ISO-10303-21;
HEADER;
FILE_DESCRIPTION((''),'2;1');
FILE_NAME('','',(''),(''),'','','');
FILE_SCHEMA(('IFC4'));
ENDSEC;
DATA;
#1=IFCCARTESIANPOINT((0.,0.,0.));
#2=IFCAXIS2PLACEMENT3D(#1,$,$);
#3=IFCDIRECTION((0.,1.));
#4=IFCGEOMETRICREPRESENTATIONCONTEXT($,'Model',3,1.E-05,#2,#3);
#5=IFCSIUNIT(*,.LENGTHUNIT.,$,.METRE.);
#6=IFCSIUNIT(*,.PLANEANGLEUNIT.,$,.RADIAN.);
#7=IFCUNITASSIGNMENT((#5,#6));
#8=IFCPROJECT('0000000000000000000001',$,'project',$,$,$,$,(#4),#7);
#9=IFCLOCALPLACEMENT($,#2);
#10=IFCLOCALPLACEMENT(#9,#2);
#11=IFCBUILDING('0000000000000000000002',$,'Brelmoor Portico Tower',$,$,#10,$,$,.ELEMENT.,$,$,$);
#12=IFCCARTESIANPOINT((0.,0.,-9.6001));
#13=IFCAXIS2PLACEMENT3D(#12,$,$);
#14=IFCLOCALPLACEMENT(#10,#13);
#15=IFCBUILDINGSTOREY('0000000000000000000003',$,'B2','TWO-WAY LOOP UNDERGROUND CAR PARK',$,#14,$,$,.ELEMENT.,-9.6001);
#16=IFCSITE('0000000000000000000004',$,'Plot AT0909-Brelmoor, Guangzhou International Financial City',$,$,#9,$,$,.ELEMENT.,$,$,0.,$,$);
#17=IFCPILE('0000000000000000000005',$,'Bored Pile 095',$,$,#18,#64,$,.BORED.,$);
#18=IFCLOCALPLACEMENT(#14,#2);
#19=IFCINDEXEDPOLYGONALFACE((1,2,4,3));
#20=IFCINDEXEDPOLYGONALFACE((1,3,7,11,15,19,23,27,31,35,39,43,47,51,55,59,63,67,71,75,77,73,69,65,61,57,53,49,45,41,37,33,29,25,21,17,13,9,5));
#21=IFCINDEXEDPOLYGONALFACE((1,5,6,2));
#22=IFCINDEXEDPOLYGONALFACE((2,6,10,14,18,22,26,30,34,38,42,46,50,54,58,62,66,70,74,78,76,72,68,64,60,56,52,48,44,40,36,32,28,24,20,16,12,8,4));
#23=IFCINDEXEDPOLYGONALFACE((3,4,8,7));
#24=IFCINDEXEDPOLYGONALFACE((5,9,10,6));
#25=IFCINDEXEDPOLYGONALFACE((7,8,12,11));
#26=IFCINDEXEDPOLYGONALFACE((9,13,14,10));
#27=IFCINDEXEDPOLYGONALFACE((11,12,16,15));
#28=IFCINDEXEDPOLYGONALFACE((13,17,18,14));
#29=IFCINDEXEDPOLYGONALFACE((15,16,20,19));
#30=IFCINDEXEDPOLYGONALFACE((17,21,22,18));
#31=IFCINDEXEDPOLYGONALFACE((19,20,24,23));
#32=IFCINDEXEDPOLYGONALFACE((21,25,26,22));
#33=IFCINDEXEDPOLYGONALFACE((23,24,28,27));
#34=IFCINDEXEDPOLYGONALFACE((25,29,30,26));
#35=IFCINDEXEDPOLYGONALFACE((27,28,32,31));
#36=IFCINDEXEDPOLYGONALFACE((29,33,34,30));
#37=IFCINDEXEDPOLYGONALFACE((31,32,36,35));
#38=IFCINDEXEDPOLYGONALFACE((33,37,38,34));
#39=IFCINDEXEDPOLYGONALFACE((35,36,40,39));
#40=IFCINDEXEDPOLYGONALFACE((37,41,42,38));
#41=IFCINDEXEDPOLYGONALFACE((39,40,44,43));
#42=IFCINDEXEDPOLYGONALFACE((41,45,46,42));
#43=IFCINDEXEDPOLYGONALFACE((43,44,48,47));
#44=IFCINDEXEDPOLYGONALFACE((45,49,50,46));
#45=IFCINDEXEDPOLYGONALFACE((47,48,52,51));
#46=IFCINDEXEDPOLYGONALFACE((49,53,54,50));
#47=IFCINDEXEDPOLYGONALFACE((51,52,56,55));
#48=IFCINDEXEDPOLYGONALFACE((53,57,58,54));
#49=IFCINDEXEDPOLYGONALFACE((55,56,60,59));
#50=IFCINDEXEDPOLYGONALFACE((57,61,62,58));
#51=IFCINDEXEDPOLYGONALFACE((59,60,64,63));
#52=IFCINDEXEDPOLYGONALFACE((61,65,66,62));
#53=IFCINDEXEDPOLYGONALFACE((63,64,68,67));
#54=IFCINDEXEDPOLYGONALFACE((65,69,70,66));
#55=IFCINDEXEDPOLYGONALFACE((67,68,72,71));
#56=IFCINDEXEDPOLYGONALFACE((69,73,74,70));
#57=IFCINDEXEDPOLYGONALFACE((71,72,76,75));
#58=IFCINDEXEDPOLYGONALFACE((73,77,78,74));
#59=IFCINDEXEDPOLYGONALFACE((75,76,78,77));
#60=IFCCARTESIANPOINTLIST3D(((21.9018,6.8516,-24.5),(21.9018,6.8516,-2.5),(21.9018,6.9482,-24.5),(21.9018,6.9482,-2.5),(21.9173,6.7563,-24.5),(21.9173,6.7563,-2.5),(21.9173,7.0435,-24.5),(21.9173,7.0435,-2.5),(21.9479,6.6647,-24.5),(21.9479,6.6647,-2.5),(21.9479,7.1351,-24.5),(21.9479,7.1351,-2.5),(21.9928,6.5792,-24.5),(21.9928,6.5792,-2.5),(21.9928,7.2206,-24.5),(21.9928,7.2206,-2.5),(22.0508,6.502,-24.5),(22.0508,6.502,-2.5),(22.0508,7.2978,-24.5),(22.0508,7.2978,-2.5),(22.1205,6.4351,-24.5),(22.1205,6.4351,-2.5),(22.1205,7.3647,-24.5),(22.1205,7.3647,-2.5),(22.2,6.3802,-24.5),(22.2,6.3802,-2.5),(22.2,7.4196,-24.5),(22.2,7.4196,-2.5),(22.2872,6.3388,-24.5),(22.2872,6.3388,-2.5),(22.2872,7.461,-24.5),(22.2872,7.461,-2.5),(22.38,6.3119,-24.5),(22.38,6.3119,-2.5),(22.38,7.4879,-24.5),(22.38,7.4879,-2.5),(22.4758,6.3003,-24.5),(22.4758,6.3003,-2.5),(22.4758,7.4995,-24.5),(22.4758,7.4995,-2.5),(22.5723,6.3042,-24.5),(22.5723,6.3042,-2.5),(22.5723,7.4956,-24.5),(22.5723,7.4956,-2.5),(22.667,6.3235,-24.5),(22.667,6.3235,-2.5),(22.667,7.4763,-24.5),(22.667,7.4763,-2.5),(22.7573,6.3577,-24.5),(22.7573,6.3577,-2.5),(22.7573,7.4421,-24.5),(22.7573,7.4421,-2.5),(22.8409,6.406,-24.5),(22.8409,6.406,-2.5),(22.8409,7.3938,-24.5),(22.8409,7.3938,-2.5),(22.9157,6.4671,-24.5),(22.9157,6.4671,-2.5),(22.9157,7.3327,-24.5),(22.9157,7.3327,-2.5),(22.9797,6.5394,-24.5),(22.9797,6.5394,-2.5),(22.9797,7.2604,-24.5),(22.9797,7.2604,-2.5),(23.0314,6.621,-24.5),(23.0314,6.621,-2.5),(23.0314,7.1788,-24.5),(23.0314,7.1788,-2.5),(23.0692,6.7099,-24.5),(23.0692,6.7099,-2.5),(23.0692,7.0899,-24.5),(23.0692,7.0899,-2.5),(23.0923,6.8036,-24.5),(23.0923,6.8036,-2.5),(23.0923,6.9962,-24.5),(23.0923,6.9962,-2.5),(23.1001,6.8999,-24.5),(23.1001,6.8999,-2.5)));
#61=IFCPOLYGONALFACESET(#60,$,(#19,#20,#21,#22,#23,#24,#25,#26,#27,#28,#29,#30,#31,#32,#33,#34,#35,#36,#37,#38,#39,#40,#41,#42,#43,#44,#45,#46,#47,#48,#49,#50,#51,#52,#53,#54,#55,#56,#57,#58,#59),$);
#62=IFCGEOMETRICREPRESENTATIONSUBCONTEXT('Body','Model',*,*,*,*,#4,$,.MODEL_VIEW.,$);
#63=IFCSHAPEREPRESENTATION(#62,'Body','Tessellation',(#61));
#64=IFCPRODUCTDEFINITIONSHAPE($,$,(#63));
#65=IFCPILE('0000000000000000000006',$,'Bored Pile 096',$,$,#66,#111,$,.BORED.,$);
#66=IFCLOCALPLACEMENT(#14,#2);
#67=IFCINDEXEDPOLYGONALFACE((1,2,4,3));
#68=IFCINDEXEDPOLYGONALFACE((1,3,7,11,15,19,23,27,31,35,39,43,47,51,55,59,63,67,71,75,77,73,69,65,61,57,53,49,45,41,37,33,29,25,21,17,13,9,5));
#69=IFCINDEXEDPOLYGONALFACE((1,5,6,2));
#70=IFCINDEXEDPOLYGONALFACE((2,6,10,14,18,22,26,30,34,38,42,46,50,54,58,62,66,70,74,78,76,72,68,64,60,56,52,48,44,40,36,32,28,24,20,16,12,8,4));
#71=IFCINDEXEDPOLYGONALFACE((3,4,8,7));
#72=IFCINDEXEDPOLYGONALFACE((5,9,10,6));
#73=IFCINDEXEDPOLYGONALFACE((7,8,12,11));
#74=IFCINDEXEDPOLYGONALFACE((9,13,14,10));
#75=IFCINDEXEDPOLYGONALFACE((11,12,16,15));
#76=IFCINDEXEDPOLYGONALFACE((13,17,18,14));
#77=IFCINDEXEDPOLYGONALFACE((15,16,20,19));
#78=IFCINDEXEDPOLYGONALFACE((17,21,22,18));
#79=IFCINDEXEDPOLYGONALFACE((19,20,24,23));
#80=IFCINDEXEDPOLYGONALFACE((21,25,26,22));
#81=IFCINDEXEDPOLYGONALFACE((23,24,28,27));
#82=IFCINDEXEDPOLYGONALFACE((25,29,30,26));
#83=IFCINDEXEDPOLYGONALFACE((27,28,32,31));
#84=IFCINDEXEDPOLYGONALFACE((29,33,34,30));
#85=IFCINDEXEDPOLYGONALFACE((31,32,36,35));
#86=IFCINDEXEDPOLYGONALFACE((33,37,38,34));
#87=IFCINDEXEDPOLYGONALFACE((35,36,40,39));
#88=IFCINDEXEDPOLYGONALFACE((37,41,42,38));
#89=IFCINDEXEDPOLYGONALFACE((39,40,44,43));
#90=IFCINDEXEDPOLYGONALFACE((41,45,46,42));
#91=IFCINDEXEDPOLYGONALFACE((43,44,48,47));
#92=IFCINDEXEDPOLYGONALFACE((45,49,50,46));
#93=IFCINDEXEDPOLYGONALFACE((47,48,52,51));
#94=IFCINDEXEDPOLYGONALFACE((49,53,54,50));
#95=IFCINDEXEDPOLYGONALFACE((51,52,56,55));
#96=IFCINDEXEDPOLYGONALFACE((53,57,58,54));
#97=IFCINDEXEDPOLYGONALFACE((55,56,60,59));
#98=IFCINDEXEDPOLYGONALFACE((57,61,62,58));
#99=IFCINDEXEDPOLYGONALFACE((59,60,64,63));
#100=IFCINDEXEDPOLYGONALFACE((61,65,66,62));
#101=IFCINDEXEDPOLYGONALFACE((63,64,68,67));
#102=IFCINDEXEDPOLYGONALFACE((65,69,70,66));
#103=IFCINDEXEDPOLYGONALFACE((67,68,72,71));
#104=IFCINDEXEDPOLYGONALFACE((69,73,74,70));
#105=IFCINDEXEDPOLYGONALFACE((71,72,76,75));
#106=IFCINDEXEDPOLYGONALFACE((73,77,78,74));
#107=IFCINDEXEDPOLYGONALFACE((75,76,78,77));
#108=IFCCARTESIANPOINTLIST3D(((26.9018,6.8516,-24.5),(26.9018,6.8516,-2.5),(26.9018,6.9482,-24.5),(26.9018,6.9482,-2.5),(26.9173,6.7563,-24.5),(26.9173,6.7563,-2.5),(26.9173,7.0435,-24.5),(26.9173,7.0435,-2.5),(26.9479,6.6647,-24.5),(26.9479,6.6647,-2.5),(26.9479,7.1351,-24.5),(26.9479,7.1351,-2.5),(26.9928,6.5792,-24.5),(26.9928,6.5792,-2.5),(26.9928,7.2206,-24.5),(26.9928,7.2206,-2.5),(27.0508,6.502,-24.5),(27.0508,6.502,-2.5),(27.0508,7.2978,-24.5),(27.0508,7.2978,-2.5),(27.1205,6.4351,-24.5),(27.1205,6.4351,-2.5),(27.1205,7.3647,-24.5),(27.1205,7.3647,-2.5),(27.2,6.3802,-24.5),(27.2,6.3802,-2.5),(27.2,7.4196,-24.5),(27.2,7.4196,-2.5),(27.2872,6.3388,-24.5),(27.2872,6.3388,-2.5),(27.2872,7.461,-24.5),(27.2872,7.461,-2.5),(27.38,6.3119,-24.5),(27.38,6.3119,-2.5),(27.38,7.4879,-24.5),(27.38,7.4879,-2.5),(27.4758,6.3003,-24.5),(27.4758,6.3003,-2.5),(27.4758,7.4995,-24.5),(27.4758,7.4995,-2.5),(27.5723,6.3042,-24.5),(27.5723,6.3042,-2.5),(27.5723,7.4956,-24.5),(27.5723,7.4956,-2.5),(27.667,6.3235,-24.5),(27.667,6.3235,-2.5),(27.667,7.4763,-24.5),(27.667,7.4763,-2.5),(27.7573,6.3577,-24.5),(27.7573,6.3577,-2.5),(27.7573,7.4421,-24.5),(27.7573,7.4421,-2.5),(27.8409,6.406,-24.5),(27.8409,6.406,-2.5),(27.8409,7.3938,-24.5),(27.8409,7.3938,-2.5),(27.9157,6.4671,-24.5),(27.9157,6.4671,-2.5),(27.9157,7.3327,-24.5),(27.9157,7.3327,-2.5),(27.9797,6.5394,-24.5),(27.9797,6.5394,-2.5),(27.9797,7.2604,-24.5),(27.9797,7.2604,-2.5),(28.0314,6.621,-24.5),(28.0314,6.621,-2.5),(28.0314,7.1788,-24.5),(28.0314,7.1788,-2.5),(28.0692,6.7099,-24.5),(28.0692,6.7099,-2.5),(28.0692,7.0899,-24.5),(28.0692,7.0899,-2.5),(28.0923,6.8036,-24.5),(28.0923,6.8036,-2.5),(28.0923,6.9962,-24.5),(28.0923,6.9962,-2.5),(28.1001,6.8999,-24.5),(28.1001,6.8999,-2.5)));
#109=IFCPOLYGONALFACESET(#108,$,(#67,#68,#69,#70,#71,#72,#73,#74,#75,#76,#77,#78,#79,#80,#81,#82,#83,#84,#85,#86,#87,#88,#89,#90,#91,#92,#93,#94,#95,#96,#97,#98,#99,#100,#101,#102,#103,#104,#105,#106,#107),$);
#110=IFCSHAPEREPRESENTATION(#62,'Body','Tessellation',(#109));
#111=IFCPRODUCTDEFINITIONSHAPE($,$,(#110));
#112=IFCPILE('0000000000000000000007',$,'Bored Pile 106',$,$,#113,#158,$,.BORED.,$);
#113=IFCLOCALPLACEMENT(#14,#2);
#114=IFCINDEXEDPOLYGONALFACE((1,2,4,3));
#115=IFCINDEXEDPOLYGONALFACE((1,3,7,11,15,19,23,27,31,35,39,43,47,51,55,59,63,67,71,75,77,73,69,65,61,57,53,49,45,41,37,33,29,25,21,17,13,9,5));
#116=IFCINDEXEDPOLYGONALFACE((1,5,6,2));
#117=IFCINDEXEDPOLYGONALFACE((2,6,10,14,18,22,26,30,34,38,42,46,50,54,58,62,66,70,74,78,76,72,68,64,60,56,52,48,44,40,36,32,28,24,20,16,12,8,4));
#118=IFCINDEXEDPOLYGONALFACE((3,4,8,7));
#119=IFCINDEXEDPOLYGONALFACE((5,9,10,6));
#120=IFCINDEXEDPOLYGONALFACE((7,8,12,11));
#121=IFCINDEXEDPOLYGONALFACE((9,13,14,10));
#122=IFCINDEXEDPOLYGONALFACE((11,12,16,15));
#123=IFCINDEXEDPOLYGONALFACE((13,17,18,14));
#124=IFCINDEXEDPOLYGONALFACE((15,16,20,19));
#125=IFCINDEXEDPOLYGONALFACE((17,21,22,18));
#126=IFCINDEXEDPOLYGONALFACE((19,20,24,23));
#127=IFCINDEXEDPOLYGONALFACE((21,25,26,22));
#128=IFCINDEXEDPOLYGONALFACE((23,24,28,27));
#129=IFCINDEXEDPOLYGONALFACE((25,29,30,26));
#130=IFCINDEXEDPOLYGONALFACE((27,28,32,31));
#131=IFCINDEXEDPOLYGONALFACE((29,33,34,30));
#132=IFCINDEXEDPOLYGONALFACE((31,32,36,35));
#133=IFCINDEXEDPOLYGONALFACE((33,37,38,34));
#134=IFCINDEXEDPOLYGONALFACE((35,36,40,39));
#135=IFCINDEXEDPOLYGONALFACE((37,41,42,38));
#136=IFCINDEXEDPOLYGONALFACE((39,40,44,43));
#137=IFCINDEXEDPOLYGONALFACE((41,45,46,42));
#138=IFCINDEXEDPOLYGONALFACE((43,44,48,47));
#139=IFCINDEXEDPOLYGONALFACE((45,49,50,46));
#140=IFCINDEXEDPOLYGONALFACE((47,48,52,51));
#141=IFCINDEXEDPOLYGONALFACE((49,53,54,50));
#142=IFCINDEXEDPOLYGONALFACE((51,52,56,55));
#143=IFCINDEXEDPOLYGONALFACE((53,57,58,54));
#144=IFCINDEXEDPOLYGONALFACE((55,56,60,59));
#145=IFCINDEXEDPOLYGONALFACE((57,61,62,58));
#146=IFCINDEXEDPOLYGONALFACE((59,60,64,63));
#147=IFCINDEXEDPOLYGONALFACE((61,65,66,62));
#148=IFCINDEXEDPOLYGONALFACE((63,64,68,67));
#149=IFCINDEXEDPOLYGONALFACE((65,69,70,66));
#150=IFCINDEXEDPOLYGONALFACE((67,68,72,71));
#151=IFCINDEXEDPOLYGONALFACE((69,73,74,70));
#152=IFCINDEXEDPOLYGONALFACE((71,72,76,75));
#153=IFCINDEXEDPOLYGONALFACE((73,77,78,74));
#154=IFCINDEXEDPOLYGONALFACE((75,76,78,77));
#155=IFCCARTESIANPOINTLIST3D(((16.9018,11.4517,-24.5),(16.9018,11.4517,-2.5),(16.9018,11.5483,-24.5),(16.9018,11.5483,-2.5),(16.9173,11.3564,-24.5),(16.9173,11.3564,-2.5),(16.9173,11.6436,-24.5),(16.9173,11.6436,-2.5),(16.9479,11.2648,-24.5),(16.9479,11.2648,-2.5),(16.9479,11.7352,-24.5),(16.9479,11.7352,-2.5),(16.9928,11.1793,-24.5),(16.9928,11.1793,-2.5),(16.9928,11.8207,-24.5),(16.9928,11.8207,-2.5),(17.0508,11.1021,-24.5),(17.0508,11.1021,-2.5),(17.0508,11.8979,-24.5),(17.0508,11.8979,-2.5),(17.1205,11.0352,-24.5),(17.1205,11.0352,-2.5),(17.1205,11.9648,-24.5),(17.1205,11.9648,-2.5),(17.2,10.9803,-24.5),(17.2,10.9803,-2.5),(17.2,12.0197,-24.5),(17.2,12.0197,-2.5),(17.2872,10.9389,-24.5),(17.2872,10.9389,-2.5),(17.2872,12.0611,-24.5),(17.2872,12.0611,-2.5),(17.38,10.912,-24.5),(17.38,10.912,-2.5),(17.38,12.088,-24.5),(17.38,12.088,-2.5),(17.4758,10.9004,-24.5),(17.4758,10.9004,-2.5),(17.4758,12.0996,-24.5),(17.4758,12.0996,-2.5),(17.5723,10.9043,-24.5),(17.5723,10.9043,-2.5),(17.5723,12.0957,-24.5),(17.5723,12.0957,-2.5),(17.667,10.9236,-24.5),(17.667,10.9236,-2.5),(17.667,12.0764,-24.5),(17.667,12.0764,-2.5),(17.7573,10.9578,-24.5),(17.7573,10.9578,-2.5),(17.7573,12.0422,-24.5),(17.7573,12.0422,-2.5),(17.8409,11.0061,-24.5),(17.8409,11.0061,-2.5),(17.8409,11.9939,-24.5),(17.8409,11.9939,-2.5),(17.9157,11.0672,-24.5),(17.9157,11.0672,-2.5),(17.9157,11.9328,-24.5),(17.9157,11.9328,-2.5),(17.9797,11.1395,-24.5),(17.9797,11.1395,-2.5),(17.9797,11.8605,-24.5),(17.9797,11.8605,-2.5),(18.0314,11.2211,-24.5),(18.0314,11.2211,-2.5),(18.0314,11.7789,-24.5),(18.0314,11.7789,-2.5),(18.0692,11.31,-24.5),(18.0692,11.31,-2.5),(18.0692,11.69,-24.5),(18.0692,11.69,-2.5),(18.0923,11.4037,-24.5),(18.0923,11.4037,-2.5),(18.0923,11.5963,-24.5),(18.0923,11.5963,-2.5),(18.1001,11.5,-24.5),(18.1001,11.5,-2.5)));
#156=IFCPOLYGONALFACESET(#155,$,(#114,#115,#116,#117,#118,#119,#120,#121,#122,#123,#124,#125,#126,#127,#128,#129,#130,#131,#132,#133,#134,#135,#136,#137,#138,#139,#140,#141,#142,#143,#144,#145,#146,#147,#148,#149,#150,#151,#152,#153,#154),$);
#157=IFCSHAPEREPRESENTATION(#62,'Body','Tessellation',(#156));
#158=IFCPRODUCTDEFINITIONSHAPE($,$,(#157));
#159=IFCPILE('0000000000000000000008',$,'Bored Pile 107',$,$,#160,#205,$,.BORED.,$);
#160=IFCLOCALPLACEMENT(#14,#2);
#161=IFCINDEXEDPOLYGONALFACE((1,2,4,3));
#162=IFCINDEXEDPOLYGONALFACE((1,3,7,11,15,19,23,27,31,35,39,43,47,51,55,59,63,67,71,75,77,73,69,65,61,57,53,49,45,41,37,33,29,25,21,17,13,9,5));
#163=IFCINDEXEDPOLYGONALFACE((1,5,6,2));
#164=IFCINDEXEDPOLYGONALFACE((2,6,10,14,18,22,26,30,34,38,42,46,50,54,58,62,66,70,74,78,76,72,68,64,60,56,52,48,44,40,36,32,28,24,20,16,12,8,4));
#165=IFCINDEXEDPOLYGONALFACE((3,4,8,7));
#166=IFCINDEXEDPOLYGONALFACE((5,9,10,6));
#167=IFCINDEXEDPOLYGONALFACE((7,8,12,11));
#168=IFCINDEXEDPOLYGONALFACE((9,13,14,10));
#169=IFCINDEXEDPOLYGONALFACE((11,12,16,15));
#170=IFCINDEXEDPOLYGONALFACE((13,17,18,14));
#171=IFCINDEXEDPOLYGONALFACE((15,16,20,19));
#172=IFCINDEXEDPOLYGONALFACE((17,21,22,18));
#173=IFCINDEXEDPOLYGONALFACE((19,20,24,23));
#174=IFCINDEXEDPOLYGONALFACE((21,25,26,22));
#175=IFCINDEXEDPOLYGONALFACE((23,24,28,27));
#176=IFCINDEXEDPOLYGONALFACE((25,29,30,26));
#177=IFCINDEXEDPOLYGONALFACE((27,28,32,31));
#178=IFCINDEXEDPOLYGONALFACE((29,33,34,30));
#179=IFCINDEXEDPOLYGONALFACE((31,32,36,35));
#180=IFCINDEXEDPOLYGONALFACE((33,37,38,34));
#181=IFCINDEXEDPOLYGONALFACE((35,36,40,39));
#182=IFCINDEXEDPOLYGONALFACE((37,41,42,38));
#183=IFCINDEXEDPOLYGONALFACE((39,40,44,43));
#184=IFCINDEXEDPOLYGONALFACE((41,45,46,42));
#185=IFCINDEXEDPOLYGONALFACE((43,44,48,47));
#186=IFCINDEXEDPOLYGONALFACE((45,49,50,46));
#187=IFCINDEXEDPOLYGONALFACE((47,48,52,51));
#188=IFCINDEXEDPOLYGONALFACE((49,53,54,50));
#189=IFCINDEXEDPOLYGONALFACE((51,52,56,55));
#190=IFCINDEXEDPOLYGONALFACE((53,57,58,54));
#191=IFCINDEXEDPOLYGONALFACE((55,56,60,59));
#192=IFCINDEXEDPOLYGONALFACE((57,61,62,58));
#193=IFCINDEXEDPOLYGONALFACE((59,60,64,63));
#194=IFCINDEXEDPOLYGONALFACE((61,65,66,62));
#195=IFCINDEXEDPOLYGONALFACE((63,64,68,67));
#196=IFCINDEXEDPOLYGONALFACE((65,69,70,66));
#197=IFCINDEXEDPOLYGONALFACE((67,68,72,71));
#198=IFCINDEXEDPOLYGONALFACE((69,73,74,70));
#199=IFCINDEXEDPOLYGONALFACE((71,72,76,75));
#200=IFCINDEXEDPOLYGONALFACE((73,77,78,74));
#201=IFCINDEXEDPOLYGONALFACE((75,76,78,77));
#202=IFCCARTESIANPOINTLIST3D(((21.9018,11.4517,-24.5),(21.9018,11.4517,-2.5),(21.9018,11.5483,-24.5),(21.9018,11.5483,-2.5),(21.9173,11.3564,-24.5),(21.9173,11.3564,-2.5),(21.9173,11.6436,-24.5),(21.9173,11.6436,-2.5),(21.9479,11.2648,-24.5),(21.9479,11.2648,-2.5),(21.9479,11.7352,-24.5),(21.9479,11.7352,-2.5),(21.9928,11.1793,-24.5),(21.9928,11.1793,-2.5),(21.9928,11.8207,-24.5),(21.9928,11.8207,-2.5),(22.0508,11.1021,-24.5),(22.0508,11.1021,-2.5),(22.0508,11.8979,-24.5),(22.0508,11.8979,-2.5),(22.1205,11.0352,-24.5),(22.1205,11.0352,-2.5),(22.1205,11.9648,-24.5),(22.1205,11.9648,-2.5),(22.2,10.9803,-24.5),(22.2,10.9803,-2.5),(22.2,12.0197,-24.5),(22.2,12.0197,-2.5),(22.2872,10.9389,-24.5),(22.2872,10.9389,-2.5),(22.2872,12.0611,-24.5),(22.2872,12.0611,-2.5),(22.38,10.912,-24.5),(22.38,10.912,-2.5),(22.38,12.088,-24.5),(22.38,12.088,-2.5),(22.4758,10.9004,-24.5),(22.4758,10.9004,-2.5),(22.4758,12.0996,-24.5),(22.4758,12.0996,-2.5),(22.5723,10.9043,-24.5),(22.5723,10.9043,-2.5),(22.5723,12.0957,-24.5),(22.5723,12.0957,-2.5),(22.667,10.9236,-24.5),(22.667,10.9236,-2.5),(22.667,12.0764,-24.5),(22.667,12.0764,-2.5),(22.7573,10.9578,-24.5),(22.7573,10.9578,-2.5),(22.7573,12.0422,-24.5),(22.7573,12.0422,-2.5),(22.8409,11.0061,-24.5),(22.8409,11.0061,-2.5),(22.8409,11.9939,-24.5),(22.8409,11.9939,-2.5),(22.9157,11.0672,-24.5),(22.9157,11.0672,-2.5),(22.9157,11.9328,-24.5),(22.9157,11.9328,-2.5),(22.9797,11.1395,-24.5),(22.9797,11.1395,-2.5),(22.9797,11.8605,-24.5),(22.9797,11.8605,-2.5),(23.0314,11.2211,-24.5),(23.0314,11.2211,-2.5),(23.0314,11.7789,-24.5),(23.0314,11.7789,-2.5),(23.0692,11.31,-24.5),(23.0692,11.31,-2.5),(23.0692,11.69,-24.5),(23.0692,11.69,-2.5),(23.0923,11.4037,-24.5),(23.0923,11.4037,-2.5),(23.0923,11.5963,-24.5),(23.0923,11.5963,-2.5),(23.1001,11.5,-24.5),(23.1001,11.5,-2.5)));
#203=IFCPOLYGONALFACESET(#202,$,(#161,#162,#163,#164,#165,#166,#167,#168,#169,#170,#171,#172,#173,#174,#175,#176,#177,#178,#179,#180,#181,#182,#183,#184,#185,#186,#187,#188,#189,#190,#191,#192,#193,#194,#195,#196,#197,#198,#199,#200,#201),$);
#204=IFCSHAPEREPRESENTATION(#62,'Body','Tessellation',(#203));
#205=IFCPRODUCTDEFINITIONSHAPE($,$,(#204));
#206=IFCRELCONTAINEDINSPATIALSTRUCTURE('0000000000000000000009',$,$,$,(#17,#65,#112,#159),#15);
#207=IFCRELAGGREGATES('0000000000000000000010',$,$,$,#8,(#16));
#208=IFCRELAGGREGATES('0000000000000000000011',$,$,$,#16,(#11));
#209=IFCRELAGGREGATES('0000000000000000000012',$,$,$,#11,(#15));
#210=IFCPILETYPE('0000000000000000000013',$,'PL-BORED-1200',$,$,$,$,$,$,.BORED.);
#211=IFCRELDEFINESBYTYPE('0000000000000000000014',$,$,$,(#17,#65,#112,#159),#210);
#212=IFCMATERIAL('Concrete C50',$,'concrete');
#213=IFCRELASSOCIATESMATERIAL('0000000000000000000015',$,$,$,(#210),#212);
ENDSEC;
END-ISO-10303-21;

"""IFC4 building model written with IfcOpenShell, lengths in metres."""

from ifc_helpers import new_model, si_unit, direction, frame, origin, origin_2d, place, context, subcontext, project, spatial, circle, extrude, material, material_profile, profile_set, type_object, element, save


model = new_model("IFC4")

# Units and contexts
model_context = context("Model", 3, precision=1e-05, world=origin(), true_north=direction((0.0, 1.0)))
body_context = subcontext(model_context, "Body", "Model", "MODEL_VIEW")
ifc_project = project(units=[si_unit("LENGTHUNIT", "METRE"), si_unit("PLANEANGLEUNIT", "RADIAN")], contexts=[model_context])

# Site, building, storey
site_placement = place(None, origin())
site = spatial("IfcSite", under=ifc_project, at=site_placement, Name="Plot AT0909-Brelmoor, Guangzhou International Financial City", CompositionType="ELEMENT", RefElevation=0.0)
building_placement = place(site_placement, origin())
building = spatial("IfcBuilding", under=site, at=building_placement, Name="Brelmoor Portico Tower", CompositionType="ELEMENT")
storey_placement = place(building_placement, frame((0.0, 0.0, -9.6001)))
storey = spatial("IfcBuildingStorey", under=building, at=storey_placement, Name="B2", Description="TWO-WAY LOOP UNDERGROUND CAR PARK", CompositionType="ELEMENT", Elevation=-9.6001)

# Piles
ifc_material_1 = material(Name="Concrete C50", Category="concrete")
ifc_material_profile_1 = material_profile(ifc_material_1, circle(Radius=0.6001, at=origin_2d()), Name="BORED PILE D1200")
ifc_profile_set_1 = profile_set([ifc_material_profile_1], Name="Concrete C50")
pile_type = type_object("IfcPileType", Name="PL-BORED-1200", PredefinedType="BORED", material=ifc_profile_set_1)
for number, where, z_axis, x_axis, name in (
    (1, (22.5, 6.8999, -2.5), (0.0, 0.0, -1.0), (1.0, 0.0, 0.0), "Bored Pile 095"),
    (2, (27.5, 6.8999, -2.5), (0.0, 0.0, -1.0), (1.0, 0.0, 0.0), "Bored Pile 096"),
    (3, (17.5, 11.5, -2.5), (0.0, 0.0, -1.0), (1.0, 0.0, 0.0), "Bored Pile 106"),
    (4, (22.5, 11.5, -2.5), (0.0, 0.0, -1.0), (1.0, 0.0, 0.0), "Bored Pile 107"),
):
    element("IfcPile", number, at=place(storey_placement, frame(where, z_axis=z_axis, x_axis=x_axis)), inside=storey, type_object=pile_type, Name=name, PredefinedType="BORED", context=body_context, shape_type="SweptSolid", body=[
        extrude(circle(Radius=0.6001, at=origin_2d()), origin(), (0.0, 0.0, 1.0), 22.0),
    ])

save(model, "model.ifc")
